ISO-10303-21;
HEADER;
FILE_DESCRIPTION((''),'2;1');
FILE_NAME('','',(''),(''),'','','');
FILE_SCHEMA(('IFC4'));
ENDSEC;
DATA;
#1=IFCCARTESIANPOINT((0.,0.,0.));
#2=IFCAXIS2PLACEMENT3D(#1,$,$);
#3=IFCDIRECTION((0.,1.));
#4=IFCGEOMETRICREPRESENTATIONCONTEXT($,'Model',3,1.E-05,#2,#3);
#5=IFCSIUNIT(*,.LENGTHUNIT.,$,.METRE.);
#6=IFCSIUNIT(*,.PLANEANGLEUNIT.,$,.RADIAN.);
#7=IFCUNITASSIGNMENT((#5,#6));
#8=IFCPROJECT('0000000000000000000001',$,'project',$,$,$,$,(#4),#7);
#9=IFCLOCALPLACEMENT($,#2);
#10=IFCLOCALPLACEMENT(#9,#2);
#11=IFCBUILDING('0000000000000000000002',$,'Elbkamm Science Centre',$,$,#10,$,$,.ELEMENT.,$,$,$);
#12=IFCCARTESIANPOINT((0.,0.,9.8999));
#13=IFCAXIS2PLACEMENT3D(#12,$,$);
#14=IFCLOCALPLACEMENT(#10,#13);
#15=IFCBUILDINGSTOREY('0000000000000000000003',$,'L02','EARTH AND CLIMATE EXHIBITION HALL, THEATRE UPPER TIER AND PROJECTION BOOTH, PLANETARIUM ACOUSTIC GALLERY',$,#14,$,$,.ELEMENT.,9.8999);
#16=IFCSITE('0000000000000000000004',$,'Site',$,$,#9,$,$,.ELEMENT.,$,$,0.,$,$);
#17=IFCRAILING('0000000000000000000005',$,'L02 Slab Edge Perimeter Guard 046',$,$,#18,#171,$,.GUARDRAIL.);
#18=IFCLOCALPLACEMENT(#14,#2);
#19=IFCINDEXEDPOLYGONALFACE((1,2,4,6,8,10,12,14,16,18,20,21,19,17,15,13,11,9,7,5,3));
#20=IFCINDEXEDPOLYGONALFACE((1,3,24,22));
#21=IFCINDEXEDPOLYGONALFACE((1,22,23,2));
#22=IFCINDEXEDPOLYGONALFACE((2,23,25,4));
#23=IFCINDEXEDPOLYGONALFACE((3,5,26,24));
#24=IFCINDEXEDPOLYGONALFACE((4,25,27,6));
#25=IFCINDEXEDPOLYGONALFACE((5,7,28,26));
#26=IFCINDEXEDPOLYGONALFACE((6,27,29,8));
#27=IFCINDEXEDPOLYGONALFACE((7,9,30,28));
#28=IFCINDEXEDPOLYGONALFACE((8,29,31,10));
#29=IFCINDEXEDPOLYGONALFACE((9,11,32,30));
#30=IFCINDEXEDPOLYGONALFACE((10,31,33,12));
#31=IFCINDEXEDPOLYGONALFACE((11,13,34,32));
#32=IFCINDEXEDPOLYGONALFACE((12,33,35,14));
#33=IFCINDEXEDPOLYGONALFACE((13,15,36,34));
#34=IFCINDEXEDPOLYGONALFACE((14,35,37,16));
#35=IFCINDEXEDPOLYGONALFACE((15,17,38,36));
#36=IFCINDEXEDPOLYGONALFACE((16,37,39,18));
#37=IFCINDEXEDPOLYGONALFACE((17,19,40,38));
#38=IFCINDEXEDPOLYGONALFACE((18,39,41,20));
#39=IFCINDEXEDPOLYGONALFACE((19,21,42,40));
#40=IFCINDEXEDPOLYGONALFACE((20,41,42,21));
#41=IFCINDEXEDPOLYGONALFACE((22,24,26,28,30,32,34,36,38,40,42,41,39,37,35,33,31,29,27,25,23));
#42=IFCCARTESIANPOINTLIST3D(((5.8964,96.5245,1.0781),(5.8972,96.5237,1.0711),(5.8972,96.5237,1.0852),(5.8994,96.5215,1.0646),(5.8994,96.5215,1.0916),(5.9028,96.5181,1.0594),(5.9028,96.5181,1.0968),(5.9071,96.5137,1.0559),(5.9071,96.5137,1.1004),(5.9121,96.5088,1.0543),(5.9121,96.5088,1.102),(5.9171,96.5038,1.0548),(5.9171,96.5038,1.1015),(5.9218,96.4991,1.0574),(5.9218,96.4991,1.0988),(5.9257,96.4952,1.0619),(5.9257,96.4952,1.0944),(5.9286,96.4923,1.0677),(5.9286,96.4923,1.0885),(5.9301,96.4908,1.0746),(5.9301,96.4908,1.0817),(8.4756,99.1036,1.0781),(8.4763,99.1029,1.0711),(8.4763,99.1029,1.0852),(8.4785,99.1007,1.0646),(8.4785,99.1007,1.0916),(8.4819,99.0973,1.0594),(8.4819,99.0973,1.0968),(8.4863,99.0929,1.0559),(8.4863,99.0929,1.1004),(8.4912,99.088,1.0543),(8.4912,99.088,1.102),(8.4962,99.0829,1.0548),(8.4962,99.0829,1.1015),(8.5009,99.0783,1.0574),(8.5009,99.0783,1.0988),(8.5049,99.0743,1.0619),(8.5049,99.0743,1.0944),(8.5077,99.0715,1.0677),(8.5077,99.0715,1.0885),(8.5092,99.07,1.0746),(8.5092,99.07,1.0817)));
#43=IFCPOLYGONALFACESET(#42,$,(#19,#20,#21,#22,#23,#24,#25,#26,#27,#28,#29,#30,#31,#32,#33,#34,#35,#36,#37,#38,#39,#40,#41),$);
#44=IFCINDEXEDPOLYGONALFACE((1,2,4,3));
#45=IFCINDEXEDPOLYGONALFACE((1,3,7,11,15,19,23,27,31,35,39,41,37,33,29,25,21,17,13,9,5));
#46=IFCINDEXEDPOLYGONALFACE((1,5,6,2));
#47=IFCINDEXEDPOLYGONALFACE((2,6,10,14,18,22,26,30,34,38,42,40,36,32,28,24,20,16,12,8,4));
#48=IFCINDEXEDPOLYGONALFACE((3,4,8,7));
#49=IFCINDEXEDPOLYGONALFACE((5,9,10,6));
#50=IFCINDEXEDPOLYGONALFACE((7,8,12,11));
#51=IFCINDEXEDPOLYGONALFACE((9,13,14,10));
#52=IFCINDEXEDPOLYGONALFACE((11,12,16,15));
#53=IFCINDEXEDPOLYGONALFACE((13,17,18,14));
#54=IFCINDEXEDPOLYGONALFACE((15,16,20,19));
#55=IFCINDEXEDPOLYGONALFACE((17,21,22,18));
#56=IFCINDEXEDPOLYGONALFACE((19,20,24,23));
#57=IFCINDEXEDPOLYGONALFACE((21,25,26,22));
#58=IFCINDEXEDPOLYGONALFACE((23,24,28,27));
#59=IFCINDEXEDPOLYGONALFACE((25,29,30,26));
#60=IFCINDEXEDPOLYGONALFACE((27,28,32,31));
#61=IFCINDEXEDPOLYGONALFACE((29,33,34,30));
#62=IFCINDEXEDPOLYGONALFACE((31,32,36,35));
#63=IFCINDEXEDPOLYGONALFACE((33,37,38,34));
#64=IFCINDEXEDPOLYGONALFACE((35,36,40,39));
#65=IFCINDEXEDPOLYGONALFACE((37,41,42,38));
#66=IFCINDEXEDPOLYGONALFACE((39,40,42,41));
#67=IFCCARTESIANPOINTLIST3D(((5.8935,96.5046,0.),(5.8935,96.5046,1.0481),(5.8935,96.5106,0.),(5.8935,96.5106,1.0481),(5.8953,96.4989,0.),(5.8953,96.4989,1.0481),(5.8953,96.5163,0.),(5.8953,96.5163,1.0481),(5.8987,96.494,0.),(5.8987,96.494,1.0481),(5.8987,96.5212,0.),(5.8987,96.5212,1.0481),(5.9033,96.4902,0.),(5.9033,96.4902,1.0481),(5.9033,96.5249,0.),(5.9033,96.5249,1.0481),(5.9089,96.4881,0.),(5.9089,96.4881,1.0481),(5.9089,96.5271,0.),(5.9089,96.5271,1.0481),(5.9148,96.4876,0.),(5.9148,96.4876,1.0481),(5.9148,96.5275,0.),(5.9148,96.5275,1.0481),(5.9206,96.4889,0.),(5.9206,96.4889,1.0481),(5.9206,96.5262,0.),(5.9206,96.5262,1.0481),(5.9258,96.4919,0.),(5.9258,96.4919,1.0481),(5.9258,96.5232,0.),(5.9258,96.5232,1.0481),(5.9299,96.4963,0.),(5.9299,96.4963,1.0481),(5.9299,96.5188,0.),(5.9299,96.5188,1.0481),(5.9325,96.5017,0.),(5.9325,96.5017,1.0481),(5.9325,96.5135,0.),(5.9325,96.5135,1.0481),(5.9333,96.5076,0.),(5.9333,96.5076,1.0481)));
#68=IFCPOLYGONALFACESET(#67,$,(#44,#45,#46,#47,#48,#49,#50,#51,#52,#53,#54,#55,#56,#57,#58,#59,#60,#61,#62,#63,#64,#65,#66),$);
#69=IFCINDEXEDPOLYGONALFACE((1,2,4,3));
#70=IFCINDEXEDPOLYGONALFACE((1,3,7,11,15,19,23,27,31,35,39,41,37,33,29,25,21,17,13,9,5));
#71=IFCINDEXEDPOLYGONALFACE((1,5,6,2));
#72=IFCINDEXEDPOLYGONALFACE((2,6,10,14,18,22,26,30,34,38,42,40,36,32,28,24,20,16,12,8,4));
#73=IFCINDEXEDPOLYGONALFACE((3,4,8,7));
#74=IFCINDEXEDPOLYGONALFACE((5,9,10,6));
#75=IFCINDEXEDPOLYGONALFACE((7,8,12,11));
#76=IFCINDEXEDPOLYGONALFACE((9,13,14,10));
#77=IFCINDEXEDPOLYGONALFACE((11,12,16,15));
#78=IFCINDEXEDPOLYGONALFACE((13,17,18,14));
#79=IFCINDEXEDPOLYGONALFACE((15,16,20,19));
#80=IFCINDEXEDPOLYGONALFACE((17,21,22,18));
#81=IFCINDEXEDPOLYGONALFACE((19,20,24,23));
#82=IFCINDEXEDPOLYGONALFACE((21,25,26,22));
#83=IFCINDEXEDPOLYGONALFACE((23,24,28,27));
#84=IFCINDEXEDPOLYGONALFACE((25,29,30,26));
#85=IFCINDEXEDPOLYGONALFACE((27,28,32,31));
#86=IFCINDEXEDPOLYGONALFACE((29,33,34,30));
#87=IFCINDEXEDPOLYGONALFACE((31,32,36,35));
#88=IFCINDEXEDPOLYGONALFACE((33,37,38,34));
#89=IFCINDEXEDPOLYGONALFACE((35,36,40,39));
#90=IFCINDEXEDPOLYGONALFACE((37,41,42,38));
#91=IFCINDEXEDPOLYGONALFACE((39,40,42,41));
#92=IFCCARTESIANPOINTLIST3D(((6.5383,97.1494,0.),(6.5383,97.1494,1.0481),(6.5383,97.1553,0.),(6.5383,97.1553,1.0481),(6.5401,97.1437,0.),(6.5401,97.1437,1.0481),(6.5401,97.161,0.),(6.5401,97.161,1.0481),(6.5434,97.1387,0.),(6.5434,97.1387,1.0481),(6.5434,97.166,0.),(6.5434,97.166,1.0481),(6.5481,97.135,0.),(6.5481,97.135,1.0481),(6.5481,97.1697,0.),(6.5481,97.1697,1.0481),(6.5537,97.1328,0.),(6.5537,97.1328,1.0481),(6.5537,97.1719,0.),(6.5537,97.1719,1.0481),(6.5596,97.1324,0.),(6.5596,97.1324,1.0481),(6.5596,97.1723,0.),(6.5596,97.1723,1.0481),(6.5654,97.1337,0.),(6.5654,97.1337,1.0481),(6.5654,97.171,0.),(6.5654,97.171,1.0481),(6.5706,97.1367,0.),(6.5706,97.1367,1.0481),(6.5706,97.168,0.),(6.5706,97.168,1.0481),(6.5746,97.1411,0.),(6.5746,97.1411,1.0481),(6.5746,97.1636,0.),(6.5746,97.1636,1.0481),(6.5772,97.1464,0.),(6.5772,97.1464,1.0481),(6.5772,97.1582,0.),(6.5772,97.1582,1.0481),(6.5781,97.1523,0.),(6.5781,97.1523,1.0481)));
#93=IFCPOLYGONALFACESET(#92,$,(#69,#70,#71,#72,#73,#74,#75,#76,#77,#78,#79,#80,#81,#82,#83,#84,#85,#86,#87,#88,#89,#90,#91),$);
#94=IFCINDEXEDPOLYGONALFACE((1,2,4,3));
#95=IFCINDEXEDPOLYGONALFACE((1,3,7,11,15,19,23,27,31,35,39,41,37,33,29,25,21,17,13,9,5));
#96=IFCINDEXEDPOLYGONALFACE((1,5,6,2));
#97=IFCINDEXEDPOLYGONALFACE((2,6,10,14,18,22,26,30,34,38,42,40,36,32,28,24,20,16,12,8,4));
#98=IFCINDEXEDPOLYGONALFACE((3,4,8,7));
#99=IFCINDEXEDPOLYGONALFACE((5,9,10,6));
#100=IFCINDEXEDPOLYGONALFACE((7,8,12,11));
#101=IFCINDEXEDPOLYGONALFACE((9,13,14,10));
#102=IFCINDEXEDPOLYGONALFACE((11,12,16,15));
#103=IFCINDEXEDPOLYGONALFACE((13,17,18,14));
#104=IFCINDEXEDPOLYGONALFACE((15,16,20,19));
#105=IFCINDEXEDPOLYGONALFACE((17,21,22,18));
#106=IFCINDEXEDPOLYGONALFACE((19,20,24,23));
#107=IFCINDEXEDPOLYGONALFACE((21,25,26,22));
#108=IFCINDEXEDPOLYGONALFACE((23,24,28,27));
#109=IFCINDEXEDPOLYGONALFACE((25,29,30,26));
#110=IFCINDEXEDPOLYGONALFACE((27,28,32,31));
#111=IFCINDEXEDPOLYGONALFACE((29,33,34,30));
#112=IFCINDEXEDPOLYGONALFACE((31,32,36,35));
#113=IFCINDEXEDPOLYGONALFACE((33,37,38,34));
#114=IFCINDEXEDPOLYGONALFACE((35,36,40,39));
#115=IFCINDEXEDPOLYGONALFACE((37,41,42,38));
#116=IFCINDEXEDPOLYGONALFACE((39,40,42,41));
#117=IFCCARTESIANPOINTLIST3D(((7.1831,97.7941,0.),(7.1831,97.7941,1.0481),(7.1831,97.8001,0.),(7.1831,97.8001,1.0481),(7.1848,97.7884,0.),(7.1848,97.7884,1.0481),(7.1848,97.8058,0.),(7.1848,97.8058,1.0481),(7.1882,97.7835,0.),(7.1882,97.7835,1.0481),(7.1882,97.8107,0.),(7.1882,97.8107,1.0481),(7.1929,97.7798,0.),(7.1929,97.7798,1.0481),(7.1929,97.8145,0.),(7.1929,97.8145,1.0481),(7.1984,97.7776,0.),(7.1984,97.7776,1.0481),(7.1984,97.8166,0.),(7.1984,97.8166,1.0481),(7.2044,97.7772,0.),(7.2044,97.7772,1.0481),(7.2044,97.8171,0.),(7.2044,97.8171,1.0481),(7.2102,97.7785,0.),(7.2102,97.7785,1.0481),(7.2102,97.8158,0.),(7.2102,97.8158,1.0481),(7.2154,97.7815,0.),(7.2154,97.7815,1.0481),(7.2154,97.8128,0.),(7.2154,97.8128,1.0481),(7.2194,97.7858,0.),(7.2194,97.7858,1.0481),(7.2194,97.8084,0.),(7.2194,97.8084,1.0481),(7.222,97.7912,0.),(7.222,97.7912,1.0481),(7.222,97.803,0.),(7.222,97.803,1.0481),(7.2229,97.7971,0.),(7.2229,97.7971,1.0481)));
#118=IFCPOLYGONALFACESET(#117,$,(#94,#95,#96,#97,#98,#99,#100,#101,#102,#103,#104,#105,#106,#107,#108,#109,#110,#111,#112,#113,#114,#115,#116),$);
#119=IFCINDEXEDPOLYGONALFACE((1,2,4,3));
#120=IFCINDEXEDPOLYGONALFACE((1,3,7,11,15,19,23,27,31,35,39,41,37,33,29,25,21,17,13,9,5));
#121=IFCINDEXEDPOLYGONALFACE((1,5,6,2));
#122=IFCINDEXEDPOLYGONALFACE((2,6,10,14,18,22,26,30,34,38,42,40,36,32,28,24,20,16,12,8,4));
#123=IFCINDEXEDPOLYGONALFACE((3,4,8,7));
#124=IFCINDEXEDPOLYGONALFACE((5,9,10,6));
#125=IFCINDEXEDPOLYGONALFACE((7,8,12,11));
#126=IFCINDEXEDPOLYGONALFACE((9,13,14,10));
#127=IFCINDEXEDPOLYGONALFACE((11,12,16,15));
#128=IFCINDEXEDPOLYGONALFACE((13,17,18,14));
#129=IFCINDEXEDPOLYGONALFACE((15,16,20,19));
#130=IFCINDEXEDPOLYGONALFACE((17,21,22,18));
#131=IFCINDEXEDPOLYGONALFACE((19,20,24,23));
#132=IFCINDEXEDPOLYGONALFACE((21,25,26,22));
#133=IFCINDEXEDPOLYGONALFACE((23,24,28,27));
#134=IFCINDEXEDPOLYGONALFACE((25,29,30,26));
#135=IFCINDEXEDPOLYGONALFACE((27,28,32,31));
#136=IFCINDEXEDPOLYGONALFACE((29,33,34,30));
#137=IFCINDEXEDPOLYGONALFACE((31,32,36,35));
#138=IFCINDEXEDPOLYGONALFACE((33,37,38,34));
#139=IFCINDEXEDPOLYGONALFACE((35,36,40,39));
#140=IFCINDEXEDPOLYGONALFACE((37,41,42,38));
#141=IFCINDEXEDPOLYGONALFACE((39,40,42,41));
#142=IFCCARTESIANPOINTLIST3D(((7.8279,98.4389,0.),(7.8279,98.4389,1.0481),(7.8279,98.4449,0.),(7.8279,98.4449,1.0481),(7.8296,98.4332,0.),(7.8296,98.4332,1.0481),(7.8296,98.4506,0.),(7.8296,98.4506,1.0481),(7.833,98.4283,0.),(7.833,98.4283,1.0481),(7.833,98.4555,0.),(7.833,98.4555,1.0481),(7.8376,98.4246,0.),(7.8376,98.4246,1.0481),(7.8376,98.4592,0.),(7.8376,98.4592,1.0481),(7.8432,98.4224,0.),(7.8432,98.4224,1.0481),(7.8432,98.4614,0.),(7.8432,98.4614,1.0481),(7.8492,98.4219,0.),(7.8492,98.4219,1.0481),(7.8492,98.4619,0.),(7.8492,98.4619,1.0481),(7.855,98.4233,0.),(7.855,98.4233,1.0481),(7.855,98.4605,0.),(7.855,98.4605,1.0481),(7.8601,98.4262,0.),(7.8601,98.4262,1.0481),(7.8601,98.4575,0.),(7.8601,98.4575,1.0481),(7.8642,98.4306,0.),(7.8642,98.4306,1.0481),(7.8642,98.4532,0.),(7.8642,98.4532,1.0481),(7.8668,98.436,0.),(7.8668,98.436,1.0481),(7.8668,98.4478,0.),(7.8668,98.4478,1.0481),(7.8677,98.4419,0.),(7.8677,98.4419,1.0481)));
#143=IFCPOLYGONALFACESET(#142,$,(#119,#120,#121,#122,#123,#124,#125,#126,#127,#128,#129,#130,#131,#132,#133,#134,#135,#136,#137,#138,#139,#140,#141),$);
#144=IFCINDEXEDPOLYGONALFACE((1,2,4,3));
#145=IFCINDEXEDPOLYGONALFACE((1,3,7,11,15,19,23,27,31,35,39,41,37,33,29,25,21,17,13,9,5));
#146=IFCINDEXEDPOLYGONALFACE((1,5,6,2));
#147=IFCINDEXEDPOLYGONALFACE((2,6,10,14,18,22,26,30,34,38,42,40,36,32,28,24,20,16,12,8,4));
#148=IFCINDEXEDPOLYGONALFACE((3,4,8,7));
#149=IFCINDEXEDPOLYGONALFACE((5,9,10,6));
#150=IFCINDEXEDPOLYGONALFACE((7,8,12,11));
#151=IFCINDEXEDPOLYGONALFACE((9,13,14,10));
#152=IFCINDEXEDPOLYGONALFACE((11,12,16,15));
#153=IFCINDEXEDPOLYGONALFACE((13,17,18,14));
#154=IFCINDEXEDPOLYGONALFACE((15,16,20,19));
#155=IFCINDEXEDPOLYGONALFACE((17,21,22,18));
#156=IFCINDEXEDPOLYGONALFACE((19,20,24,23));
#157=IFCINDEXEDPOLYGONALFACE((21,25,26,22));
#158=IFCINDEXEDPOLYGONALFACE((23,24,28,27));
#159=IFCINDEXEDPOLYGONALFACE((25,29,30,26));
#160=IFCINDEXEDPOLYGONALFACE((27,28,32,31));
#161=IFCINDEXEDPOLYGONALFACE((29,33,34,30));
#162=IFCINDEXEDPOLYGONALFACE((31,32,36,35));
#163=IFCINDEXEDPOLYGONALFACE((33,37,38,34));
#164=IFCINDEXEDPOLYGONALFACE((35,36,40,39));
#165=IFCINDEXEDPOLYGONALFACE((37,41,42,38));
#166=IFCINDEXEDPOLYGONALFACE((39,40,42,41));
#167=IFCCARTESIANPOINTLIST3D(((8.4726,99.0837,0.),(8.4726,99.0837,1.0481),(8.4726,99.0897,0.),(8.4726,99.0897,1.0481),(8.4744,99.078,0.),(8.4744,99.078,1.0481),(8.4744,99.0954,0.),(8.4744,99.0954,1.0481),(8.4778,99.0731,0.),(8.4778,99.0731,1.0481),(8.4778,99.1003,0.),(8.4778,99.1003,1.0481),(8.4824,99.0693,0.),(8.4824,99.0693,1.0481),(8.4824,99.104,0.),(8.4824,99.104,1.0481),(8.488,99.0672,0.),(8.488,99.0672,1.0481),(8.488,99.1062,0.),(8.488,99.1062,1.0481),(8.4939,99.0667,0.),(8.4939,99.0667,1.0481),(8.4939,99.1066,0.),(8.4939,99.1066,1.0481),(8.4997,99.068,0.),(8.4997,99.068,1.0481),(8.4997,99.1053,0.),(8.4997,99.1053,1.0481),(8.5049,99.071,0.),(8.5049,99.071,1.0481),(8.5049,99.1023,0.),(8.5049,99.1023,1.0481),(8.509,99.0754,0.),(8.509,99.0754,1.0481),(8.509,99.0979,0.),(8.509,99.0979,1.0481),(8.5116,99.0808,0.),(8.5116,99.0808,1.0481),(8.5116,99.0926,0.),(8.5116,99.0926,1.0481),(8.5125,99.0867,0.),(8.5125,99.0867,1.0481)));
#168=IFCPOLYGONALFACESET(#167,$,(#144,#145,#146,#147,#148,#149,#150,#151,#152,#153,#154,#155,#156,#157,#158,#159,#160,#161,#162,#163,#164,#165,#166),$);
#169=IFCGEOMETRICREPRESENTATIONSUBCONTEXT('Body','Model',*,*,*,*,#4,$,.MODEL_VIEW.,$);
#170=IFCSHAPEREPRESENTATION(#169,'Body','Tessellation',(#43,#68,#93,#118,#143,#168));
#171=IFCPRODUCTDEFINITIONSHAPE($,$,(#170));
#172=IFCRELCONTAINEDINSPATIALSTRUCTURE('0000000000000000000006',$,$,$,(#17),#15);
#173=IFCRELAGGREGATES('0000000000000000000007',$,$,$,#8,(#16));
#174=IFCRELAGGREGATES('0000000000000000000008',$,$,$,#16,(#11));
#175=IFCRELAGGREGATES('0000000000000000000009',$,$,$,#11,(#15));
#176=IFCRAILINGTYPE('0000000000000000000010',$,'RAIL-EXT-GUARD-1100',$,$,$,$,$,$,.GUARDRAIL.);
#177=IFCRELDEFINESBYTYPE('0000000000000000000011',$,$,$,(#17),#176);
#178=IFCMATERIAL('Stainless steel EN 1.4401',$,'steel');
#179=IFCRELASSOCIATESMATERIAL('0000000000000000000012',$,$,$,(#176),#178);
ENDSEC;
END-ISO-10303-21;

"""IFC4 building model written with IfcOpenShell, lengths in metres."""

from ifc_helpers import new_model, si_unit, direction, frame, origin, origin_2d, place, context, subcontext, project, spatial, circle, extrude, material, type_object, element, save


model = new_model("IFC4")

# Units and contexts
model_context = context("Model", 3, precision=1e-05, world=origin(), true_north=direction((0.0, 1.0)))
body_context = subcontext(model_context, "Body", "Model", "MODEL_VIEW")
ifc_project = project(units=[si_unit("LENGTHUNIT", "METRE"), si_unit("PLANEANGLEUNIT", "RADIAN")], contexts=[model_context])

# Site, building, storey
site_placement = place(None, origin())
site = spatial("IfcSite", under=ifc_project, at=site_placement, Name="Site", CompositionType="ELEMENT", RefElevation=0.0)
building_placement = place(site_placement, origin())
building = spatial("IfcBuilding", under=site, at=building_placement, Name="Elbkamm Science Centre", CompositionType="ELEMENT")
storey_placement = place(building_placement, frame((0.0, 0.0, 9.8999)))
storey = spatial("IfcBuildingStorey", under=building, at=storey_placement, Name="L02", Description="EARTH AND CLIMATE EXHIBITION HALL, THEATRE UPPER TIER AND PROJECTION BOOTH, PLANETARIUM ACOUSTIC GALLERY", CompositionType="ELEMENT", Elevation=9.8999)

# Railing
ifc_material_1 = material(Name="Stainless steel EN 1.4401", Category="steel")
railing_type_1 = type_object("IfcRailingType", Name="RAIL-EXT-GUARD-1100", PredefinedType="GUARDRAIL", material=ifc_material_1)
railing_1_placement = place(storey_placement, frame((5.9133, 96.5076, 0.0)))
element("IfcRailing", 1, at=railing_1_placement, inside=storey, type_object=railing_type_1, Name="L02 Slab Edge Perimeter Guard 046", PredefinedType="GUARDRAIL", context=body_context, shape_type="SweptSolid", body=[
    extrude(circle(Radius=0.0239, at=origin_2d()), frame((0.0, 0.0, 1.0781), z_axis=(0.707107, 0.707107, 0.0), x_axis=(-0.707107, 0.707107, 0.0)), (0.0, 0.0, 1.0), 3.6475),
    extrude(circle(Radius=0.02, at=origin_2d()), origin(), (0.0, 0.0, 1.0), 1.0481),
    extrude(circle(Radius=0.02, at=origin_2d()), frame((0.6448, 0.6448, 0.0)), (0.0, 0.0, 1.0), 1.0481),
    extrude(circle(Radius=0.02, at=origin_2d()), frame((1.2896, 1.2896, 0.0)), (0.0, 0.0, 1.0), 1.0481),
    extrude(circle(Radius=0.02, at=origin_2d()), frame((1.9343, 1.9343, 0.0)), (0.0, 0.0, 1.0), 1.0481),
    extrude(circle(Radius=0.02, at=origin_2d()), frame((2.5791, 2.5791, 0.0)), (0.0, 0.0, 1.0), 1.0481),
])

save(model, "model.ifc")
